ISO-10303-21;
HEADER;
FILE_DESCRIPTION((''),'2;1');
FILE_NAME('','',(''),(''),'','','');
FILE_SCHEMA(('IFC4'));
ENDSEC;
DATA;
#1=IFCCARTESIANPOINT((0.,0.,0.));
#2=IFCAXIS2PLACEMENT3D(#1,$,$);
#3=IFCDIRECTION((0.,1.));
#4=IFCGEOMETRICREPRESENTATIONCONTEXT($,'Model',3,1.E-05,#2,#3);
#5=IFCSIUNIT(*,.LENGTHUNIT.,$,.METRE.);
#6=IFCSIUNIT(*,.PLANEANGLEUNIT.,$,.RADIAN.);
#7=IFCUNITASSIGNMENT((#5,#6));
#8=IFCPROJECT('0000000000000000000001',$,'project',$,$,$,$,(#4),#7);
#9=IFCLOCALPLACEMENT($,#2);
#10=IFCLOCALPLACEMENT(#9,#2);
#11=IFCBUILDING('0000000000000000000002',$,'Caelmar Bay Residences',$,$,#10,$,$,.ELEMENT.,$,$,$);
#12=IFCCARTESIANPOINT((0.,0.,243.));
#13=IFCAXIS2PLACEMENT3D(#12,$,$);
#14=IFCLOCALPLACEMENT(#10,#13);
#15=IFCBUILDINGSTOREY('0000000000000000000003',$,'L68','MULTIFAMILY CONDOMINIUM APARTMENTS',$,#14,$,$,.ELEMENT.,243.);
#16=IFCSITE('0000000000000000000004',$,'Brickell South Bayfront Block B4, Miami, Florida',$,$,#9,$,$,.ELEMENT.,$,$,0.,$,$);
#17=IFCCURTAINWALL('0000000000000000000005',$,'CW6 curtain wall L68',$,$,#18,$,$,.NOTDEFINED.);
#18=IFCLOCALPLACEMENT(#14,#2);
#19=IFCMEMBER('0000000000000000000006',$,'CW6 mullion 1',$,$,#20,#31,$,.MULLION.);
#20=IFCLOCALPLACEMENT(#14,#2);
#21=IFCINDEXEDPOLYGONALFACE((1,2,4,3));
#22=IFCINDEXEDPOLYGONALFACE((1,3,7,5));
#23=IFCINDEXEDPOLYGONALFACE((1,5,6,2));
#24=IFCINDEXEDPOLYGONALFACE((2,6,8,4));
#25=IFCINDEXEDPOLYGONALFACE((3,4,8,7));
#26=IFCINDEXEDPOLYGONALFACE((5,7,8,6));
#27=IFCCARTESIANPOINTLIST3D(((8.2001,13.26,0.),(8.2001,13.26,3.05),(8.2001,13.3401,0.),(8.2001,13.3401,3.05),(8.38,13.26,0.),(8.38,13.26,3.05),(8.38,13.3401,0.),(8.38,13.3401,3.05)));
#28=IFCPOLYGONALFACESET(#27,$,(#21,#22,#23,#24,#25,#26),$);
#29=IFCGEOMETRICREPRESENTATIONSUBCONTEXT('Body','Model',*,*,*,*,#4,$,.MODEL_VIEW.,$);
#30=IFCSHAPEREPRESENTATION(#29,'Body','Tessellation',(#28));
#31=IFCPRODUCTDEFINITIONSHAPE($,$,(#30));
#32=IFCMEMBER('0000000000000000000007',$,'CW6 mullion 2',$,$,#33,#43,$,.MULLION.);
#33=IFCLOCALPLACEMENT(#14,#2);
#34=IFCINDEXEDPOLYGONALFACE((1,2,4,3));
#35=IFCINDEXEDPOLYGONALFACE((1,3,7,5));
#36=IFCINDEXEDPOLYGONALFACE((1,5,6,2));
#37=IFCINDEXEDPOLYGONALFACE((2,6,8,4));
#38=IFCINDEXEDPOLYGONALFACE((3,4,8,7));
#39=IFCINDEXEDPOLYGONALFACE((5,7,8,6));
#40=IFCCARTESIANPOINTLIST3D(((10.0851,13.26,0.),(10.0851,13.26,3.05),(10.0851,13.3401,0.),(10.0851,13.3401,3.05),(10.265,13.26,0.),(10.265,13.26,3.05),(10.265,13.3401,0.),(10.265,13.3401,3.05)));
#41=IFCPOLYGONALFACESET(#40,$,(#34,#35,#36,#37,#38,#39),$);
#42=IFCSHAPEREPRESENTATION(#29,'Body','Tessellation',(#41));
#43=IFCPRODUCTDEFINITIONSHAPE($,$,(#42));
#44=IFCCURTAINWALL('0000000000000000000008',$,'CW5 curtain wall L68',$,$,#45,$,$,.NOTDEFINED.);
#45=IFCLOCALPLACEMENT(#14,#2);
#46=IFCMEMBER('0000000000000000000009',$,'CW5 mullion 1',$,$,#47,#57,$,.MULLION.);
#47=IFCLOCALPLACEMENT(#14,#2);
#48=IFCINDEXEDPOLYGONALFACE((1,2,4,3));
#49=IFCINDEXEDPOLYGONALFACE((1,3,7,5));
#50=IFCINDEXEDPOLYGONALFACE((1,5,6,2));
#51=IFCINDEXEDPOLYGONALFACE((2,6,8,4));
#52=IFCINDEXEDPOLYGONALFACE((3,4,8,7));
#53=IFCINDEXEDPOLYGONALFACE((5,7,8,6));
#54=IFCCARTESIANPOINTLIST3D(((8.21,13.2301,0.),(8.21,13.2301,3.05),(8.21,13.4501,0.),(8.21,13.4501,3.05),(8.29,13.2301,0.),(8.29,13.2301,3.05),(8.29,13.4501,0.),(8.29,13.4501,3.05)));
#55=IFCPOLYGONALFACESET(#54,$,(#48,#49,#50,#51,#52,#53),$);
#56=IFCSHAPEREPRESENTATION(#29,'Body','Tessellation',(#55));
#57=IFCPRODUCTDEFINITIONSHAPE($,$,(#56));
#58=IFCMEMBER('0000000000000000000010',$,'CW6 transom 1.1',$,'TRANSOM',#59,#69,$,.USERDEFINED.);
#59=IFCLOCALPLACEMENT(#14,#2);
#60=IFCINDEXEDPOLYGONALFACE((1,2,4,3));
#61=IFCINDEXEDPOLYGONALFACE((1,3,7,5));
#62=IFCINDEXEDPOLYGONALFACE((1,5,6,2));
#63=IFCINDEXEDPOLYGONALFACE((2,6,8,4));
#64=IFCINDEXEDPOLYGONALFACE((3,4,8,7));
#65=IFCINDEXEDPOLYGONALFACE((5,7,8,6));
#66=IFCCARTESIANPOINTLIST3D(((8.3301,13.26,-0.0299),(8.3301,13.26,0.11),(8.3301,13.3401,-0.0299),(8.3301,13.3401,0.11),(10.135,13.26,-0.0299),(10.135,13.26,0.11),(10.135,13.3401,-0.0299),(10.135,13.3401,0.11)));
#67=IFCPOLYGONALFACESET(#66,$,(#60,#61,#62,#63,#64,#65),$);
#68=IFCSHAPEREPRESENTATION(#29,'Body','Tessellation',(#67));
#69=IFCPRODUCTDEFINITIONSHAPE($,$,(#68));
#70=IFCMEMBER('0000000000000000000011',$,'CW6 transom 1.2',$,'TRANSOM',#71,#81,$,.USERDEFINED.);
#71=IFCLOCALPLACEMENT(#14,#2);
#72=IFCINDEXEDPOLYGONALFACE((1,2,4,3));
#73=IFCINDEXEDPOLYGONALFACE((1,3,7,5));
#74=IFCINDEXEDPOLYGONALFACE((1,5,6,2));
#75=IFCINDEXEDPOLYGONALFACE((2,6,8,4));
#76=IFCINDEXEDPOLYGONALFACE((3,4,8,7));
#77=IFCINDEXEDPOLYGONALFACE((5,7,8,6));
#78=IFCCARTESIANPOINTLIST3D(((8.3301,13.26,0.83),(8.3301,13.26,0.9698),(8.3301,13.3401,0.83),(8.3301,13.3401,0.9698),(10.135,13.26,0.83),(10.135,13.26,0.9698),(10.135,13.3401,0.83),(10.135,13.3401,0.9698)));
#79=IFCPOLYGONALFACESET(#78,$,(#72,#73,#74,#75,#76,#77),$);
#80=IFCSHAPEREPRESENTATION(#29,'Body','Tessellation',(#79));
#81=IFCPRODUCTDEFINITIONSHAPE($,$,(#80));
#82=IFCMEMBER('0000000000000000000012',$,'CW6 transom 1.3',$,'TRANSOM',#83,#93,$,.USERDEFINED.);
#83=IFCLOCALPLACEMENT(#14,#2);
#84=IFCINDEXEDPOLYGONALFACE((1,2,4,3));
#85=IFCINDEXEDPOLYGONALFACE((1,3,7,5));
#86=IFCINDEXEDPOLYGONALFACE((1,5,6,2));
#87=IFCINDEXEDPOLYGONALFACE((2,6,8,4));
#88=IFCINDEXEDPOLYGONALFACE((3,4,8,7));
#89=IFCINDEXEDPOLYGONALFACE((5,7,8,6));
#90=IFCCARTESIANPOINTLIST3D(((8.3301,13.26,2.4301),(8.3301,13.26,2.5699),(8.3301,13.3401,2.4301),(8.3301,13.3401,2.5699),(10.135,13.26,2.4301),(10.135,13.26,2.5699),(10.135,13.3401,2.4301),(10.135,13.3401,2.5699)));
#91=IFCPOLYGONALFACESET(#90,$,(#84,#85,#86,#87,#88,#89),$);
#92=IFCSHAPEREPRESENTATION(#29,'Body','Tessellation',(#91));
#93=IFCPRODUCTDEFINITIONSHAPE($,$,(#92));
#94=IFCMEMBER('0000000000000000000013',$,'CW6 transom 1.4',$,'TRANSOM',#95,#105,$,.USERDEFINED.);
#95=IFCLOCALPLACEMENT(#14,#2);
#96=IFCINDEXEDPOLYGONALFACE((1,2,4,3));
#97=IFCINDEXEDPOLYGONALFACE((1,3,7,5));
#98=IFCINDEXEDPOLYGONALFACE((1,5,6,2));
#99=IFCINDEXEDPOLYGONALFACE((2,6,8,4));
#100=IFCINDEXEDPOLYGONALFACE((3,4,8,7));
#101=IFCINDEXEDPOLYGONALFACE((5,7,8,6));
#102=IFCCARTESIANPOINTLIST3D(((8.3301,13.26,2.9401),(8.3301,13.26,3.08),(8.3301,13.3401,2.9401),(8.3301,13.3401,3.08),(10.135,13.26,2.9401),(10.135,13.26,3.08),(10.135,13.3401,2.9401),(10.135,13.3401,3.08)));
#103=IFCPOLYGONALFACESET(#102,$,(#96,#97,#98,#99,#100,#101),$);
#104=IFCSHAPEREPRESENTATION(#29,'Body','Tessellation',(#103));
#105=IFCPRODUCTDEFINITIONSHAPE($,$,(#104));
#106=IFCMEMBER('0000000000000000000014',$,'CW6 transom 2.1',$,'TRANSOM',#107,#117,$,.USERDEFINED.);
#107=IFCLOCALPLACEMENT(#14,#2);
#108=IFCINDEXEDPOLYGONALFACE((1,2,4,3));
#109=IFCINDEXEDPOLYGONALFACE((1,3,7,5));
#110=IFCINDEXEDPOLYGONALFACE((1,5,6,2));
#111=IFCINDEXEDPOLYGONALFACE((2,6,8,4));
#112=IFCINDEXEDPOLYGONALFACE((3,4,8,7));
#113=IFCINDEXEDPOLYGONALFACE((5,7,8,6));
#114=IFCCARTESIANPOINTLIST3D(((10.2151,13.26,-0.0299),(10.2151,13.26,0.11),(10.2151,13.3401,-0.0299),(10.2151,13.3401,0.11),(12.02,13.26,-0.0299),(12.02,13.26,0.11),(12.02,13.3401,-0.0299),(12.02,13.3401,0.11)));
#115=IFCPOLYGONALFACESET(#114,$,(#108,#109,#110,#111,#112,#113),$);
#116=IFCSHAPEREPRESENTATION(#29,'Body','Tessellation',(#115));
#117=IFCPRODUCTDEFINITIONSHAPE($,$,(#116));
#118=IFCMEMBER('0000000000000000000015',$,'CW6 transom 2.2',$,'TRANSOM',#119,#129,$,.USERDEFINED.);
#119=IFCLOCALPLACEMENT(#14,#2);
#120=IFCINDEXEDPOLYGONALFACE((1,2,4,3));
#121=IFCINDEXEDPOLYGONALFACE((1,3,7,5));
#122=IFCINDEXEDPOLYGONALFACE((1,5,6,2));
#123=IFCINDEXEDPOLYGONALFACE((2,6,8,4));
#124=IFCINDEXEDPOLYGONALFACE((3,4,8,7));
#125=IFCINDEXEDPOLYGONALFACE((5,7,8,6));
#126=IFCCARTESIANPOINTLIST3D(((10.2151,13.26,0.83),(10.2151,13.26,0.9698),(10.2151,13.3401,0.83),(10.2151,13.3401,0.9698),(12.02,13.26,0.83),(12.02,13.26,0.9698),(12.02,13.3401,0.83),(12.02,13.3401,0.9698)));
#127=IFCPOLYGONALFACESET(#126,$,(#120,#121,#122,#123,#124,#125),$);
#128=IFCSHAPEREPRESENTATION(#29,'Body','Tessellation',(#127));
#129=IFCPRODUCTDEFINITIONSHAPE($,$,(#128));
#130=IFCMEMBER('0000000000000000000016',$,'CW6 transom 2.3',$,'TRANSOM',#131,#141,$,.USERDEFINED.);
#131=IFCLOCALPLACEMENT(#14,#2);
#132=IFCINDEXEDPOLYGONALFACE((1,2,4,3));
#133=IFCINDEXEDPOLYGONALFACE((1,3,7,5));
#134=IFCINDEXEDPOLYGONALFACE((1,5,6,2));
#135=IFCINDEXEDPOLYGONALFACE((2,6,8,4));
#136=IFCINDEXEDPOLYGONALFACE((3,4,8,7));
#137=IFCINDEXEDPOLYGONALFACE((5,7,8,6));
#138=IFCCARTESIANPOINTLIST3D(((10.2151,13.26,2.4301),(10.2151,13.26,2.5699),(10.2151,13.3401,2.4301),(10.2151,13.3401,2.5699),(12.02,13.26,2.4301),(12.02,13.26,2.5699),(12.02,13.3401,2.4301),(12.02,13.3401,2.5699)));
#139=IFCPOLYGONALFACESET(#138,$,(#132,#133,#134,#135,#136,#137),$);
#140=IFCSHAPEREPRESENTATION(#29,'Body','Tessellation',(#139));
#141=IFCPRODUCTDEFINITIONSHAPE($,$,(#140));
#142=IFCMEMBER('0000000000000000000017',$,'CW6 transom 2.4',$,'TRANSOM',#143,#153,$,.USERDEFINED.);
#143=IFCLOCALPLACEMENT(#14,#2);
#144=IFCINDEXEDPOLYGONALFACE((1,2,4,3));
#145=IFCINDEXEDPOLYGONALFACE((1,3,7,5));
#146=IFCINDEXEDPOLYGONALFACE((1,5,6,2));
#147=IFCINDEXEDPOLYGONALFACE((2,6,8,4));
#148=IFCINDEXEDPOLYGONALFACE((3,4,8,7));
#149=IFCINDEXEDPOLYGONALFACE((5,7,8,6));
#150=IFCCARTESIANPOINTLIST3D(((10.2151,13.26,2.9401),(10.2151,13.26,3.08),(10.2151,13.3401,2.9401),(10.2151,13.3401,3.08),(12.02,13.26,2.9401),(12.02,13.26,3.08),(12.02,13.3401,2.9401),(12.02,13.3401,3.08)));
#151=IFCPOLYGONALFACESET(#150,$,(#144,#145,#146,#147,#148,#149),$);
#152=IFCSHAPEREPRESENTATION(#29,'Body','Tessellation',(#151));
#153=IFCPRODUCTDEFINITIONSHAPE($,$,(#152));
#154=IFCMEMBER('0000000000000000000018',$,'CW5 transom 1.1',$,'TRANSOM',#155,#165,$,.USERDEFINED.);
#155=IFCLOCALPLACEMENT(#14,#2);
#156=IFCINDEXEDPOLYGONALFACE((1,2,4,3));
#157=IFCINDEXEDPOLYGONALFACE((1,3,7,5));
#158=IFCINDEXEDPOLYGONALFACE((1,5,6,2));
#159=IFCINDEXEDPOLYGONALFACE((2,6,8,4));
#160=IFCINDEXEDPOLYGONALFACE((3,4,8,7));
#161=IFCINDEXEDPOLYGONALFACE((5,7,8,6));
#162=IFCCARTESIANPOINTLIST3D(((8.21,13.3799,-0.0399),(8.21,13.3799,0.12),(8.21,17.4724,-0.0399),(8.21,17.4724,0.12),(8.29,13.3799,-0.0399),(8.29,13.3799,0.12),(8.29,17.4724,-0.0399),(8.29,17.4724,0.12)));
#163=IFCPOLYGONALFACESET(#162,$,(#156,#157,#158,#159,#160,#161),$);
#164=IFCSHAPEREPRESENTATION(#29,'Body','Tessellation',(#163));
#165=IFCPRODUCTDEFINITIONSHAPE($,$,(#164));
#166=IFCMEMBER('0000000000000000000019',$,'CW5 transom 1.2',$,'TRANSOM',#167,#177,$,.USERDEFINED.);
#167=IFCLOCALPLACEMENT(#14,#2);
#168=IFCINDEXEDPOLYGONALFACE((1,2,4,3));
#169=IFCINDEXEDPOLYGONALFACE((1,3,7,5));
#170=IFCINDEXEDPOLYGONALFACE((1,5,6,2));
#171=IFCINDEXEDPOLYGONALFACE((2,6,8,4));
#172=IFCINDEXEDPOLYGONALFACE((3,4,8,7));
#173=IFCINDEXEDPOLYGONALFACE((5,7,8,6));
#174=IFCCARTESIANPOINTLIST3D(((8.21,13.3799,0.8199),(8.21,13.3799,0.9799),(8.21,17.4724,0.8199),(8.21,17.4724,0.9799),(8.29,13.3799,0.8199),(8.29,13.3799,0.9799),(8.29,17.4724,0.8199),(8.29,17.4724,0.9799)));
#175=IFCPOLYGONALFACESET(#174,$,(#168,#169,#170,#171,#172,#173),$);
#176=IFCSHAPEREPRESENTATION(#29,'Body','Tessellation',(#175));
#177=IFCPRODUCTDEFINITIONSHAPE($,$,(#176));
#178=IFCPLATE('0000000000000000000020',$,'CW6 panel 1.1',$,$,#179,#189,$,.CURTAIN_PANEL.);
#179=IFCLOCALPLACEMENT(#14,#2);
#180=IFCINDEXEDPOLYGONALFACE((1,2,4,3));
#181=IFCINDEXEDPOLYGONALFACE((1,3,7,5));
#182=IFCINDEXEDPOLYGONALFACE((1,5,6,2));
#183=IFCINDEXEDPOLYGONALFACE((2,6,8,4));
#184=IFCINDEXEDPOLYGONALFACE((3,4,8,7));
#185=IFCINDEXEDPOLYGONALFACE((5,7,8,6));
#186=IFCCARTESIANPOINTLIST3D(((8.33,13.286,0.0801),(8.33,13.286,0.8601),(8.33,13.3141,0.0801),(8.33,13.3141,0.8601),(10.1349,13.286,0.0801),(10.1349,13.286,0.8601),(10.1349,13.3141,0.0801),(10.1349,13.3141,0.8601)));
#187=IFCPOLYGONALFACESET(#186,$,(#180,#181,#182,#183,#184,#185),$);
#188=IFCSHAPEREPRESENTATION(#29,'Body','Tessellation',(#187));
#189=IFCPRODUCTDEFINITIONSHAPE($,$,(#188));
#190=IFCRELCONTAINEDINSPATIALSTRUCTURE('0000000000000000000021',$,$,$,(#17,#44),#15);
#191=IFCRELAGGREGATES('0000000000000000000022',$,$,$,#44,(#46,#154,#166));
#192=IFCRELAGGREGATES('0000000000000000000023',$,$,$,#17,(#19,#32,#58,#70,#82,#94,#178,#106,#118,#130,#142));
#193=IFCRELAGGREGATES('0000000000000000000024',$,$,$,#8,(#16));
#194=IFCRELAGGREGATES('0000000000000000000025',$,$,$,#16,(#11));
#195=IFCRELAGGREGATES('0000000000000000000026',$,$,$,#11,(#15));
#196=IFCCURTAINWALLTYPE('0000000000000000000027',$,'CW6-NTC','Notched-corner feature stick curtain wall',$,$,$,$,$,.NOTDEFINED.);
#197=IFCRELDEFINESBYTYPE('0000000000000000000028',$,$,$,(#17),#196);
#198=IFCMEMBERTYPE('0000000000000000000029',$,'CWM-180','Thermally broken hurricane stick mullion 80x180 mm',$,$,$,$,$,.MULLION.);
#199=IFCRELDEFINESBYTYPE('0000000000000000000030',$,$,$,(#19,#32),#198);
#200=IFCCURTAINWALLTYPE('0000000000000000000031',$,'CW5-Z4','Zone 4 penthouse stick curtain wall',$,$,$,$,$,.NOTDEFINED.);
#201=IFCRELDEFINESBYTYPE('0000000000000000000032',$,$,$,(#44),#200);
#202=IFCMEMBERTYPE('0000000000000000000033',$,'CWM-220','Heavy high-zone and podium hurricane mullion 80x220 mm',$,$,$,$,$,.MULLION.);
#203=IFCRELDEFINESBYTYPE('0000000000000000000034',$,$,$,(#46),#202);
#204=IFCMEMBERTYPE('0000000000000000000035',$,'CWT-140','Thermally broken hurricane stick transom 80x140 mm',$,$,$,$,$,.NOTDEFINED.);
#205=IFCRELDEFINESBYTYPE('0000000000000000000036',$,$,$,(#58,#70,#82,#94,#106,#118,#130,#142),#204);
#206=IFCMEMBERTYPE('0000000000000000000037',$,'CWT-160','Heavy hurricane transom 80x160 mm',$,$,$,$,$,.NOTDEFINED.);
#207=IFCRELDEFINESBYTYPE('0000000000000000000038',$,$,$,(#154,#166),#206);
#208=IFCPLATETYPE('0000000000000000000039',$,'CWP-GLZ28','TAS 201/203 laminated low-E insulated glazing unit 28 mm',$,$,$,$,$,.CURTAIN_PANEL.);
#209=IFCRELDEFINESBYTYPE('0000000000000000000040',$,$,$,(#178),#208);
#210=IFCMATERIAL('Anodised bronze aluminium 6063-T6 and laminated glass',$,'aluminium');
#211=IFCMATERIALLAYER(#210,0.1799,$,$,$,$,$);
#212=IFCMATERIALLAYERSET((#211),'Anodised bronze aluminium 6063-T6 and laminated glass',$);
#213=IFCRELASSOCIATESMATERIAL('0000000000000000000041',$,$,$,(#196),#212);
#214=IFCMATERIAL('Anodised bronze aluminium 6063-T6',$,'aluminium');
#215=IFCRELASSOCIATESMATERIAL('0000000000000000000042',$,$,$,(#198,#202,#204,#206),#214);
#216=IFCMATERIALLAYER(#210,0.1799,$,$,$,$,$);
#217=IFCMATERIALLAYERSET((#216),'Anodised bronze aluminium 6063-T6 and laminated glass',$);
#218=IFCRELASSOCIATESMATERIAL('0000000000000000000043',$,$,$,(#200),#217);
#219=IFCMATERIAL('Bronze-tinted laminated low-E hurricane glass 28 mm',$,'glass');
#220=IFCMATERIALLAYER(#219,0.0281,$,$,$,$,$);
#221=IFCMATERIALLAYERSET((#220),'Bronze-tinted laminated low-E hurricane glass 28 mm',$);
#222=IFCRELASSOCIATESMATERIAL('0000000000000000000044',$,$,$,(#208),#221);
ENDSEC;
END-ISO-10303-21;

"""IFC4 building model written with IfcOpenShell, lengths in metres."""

from ifc_helpers import new_model, si_unit, direction, frame, origin, origin_2d, place, context, subcontext, project, spatial, rectangle, extrude, material, layer, layer_set, material_profile, profile_set, type_object, element, aggregate, save


model = new_model("IFC4")

# Units and contexts
model_context = context("Model", 3, precision=1e-05, world=origin(), true_north=direction((0.0, 1.0)))
body_context = subcontext(model_context, "Body", "Model", "MODEL_VIEW")
ifc_project = project(units=[si_unit("LENGTHUNIT", "METRE"), si_unit("PLANEANGLEUNIT", "RADIAN")], contexts=[model_context])

# Site, building, storey
site_placement = place(None, origin())
site = spatial("IfcSite", under=ifc_project, at=site_placement, Name="Brickell South Bayfront Block B4, Miami, Florida", CompositionType="ELEMENT", RefElevation=0.0)
building_placement = place(site_placement, origin())
building = spatial("IfcBuilding", under=site, at=building_placement, Name="Caelmar Bay Residences", CompositionType="ELEMENT")
storey_placement = place(building_placement, frame((0.0, 0.0, 243.0)))
storey = spatial("IfcBuildingStorey", under=building, at=storey_placement, Name="L68", Description="MULTIFAMILY CONDOMINIUM APARTMENTS", CompositionType="ELEMENT", Elevation=243.0)

# Curtain wall, members
ifc_material_1 = material(Name="Anodised bronze aluminium 6063-T6 and laminated glass", Category="aluminium")
ifc_layer_1 = layer(ifc_material_1, 0.1799)
ifc_layer_set_1 = layer_set([ifc_layer_1], Name="Anodised bronze aluminium 6063-T6 and laminated glass")
curtain_wall_type_1 = type_object("IfcCurtainWallType", Name="CW6-NTC", Description="Notched-corner feature stick curtain wall", PredefinedType="NOTDEFINED", material=ifc_layer_set_1)
curtain_wall_1_placement = place(storey_placement, origin())
curtain_wall_1 = element("IfcCurtainWall", 1, at=curtain_wall_1_placement, inside=storey, type_object=curtain_wall_type_1, Name="CW6 curtain wall L68", PredefinedType="NOTDEFINED")
ifc_material_2 = material(Name="Anodised bronze aluminium 6063-T6", Category="aluminium")
ifc_material_profile_1 = material_profile(ifc_material_2, rectangle(XDim=0.0801, YDim=0.1799, at=origin_2d()), Name="CWM-80X180")
ifc_profile_set_1 = profile_set([ifc_material_profile_1], Name="Anodised bronze aluminium 6063-T6")
member_type_1 = type_object("IfcMemberType", Name="CWM-180", Description="Thermally broken hurricane stick mullion 80x180 mm", PredefinedType="MULLION", material=ifc_profile_set_1)
member_1_placement = place(storey_placement, frame((8.29, 13.3, 0.0), z_axis=(0.0, 0.0, 1.0), x_axis=(0.0, 1.0, 0.0)))
member_1 = element("IfcMember", 2, at=member_1_placement, type_object=member_type_1, Name="CW6 mullion 1", PredefinedType="MULLION", context=body_context, shape_type="SweptSolid", body=[
    extrude(rectangle(XDim=0.0801, YDim=0.1799, at=origin_2d()), origin(), (0.0, 0.0, 1.0), 3.05),
])
member_2_placement = place(storey_placement, frame((10.175, 13.3, 0.0), z_axis=(0.0, 0.0, 1.0), x_axis=(0.0, 1.0, 0.0)))
member_2 = element("IfcMember", 3, at=member_2_placement, type_object=member_type_1, Name="CW6 mullion 2", PredefinedType="MULLION", context=body_context, shape_type="SweptSolid", body=[
    extrude(rectangle(XDim=0.0801, YDim=0.1799, at=origin_2d()), origin(), (0.0, 0.0, 1.0), 3.05),
])

# Curtain wall, member
ifc_layer_2 = layer(ifc_material_1, 0.1799)
ifc_layer_set_2 = layer_set([ifc_layer_2], Name="Anodised bronze aluminium 6063-T6 and laminated glass")
curtain_wall_type_2 = type_object("IfcCurtainWallType", Name="CW5-Z4", Description="Zone 4 penthouse stick curtain wall", PredefinedType="NOTDEFINED", material=ifc_layer_set_2)
curtain_wall_2_placement = place(storey_placement, origin())
curtain_wall_2 = element("IfcCurtainWall", 4, at=curtain_wall_2_placement, inside=storey, type_object=curtain_wall_type_2, Name="CW5 curtain wall L68", PredefinedType="NOTDEFINED")
ifc_material_profile_2 = material_profile(ifc_material_2, rectangle(XDim=0.0801, YDim=0.22, at=origin_2d()), Name="CWM-80X220")
ifc_profile_set_2 = profile_set([ifc_material_profile_2], Name="Anodised bronze aluminium 6063-T6")
member_type_2 = type_object("IfcMemberType", Name="CWM-220", Description="Heavy high-zone and podium hurricane mullion 80x220 mm", PredefinedType="MULLION", material=ifc_profile_set_2)
member_3_placement = place(storey_placement, frame((8.25, 13.3401, 0.0), z_axis=(0.0, 0.0, 1.0), x_axis=(-1.0, 0.0, 0.0)))
member_3 = element("IfcMember", 5, at=member_3_placement, type_object=member_type_2, Name="CW5 mullion 1", PredefinedType="MULLION", context=body_context, shape_type="SweptSolid", body=[
    extrude(rectangle(XDim=0.0801, YDim=0.22, at=origin_2d()), origin(), (0.0, 0.0, 1.0), 3.05),
])

# Members
ifc_material_profile_3 = material_profile(ifc_material_2, rectangle(XDim=0.0801, YDim=0.1399, at=origin_2d()), Name="CWT-80X140")
ifc_profile_set_3 = profile_set([ifc_material_profile_3], Name="Anodised bronze aluminium 6063-T6")
member_type_3 = type_object("IfcMemberType", Name="CWT-140", Description="Thermally broken hurricane stick transom 80x140 mm", PredefinedType="NOTDEFINED", material=ifc_profile_set_3)
member_4_placement = place(storey_placement, frame((8.3301, 13.3, 0.04), z_axis=(1.0, 0.0, 0.0), x_axis=(0.0, 1.0, 0.0)))
member_4 = element("IfcMember", 6, at=member_4_placement, type_object=member_type_3, Name="CW6 transom 1.1", ObjectType="TRANSOM", PredefinedType="USERDEFINED", context=body_context, shape_type="SweptSolid", body=[
    extrude(rectangle(XDim=0.0801, YDim=0.1399, at=origin_2d()), origin(), (0.0, 0.0, 1.0), 1.8049),
])
member_5_placement = place(storey_placement, frame((8.3301, 13.3, 0.8999), z_axis=(1.0, 0.0, 0.0), x_axis=(0.0, 1.0, 0.0)))
member_5 = element("IfcMember", 7, at=member_5_placement, type_object=member_type_3, Name="CW6 transom 1.2", ObjectType="TRANSOM", PredefinedType="USERDEFINED", context=body_context, shape_type="SweptSolid", body=[
    extrude(rectangle(XDim=0.0801, YDim=0.1399, at=origin_2d()), origin(), (0.0, 0.0, 1.0), 1.8049),
])
member_6_placement = place(storey_placement, frame((8.3301, 13.3, 2.5), z_axis=(1.0, 0.0, 0.0), x_axis=(0.0, 1.0, 0.0)))
member_6 = element("IfcMember", 8, at=member_6_placement, type_object=member_type_3, Name="CW6 transom 1.3", ObjectType="TRANSOM", PredefinedType="USERDEFINED", context=body_context, shape_type="SweptSolid", body=[
    extrude(rectangle(XDim=0.0801, YDim=0.1399, at=origin_2d()), origin(), (0.0, 0.0, 1.0), 1.8049),
])
member_7_placement = place(storey_placement, frame((8.3301, 13.3, 3.01), z_axis=(1.0, 0.0, 0.0), x_axis=(0.0, 1.0, 0.0)))
member_7 = element("IfcMember", 9, at=member_7_placement, type_object=member_type_3, Name="CW6 transom 1.4", ObjectType="TRANSOM", PredefinedType="USERDEFINED", context=body_context, shape_type="SweptSolid", body=[
    extrude(rectangle(XDim=0.0801, YDim=0.1399, at=origin_2d()), origin(), (0.0, 0.0, 1.0), 1.8049),
])
member_8_placement = place(storey_placement, frame((10.2151, 13.3, 0.04), z_axis=(1.0, 0.0, 0.0), x_axis=(0.0, 1.0, 0.0)))
member_8 = element("IfcMember", 10, at=member_8_placement, type_object=member_type_3, Name="CW6 transom 2.1", ObjectType="TRANSOM", PredefinedType="USERDEFINED", context=body_context, shape_type="SweptSolid", body=[
    extrude(rectangle(XDim=0.0801, YDim=0.1399, at=origin_2d()), origin(), (0.0, 0.0, 1.0), 1.8049),
])
member_9_placement = place(storey_placement, frame((10.2151, 13.3, 0.8999), z_axis=(1.0, 0.0, 0.0), x_axis=(0.0, 1.0, 0.0)))
member_9 = element("IfcMember", 11, at=member_9_placement, type_object=member_type_3, Name="CW6 transom 2.2", ObjectType="TRANSOM", PredefinedType="USERDEFINED", context=body_context, shape_type="SweptSolid", body=[
    extrude(rectangle(XDim=0.0801, YDim=0.1399, at=origin_2d()), origin(), (0.0, 0.0, 1.0), 1.8049),
])
member_10_placement = place(storey_placement, frame((10.2151, 13.3, 2.5), z_axis=(1.0, 0.0, 0.0), x_axis=(0.0, 1.0, 0.0)))
member_10 = element("IfcMember", 12, at=member_10_placement, type_object=member_type_3, Name="CW6 transom 2.3", ObjectType="TRANSOM", PredefinedType="USERDEFINED", context=body_context, shape_type="SweptSolid", body=[
    extrude(rectangle(XDim=0.0801, YDim=0.1399, at=origin_2d()), origin(), (0.0, 0.0, 1.0), 1.8049),
])
member_11_placement = place(storey_placement, frame((10.2151, 13.3, 3.01), z_axis=(1.0, 0.0, 0.0), x_axis=(0.0, 1.0, 0.0)))
member_11 = element("IfcMember", 13, at=member_11_placement, type_object=member_type_3, Name="CW6 transom 2.4", ObjectType="TRANSOM", PredefinedType="USERDEFINED", context=body_context, shape_type="SweptSolid", body=[
    extrude(rectangle(XDim=0.0801, YDim=0.1399, at=origin_2d()), origin(), (0.0, 0.0, 1.0), 1.8049),
])
ifc_material_profile_4 = material_profile(ifc_material_2, rectangle(XDim=0.0801, YDim=0.1599, at=origin_2d()), Name="CWT-80X160")
ifc_profile_set_4 = profile_set([ifc_material_profile_4], Name="Anodised bronze aluminium 6063-T6")
member_type_4 = type_object("IfcMemberType", Name="CWT-160", Description="Heavy hurricane transom 80x160 mm", PredefinedType="NOTDEFINED", material=ifc_profile_set_4)
member_12_placement = place(storey_placement, frame((8.25, 13.3799, 0.04), z_axis=(0.0, 1.0, 0.0), x_axis=(-1.0, 0.0, 0.0)))
member_12 = element("IfcMember", 14, at=member_12_placement, type_object=member_type_4, Name="CW5 transom 1.1", ObjectType="TRANSOM", PredefinedType="USERDEFINED", context=body_context, shape_type="SweptSolid", body=[
    extrude(rectangle(XDim=0.0801, YDim=0.1599, at=origin_2d()), origin(), (0.0, 0.0, 1.0), 4.0925),
])
member_13_placement = place(storey_placement, frame((8.25, 13.3799, 0.8999), z_axis=(0.0, 1.0, 0.0), x_axis=(-1.0, 0.0, 0.0)))
member_13 = element("IfcMember", 15, at=member_13_placement, type_object=member_type_4, Name="CW5 transom 1.2", ObjectType="TRANSOM", PredefinedType="USERDEFINED", context=body_context, shape_type="SweptSolid", body=[
    extrude(rectangle(XDim=0.0801, YDim=0.1599, at=origin_2d()), origin(), (0.0, 0.0, 1.0), 4.0925),
])
aggregate(curtain_wall_2, [member_3, member_12, member_13])

# Plate
ifc_material_3 = material(Name="Bronze-tinted laminated low-E hurricane glass 28 mm", Category="glass")
ifc_layer_3 = layer(ifc_material_3, 0.0281)
ifc_layer_set_3 = layer_set([ifc_layer_3], Name="Bronze-tinted laminated low-E hurricane glass 28 mm")
plate_type = type_object("IfcPlateType", Name="CWP-GLZ28", Description="TAS 201/203 laminated low-E insulated glazing unit 28 mm", PredefinedType="CURTAIN_PANEL", material=ifc_layer_set_3)
plate_1_placement = place(storey_placement, frame((9.2324, 13.3, 0.0801), z_axis=(0.0, 0.0, 1.0), x_axis=(1.0, 0.0, 0.0)))
plate_1 = element("IfcPlate", 16, at=plate_1_placement, type_object=plate_type, Name="CW6 panel 1.1", PredefinedType="CURTAIN_PANEL", context=body_context, shape_type="SweptSolid", body=[
    extrude(rectangle(XDim=1.8049, YDim=0.0281, at=origin_2d()), origin(), (0.0, 0.0, 1.0), 0.78),
])
aggregate(curtain_wall_1, [member_1, member_2, member_4, member_5, member_6, member_7, plate_1, member_8, member_9, member_10, member_11])

save(model, "model.ifc")
